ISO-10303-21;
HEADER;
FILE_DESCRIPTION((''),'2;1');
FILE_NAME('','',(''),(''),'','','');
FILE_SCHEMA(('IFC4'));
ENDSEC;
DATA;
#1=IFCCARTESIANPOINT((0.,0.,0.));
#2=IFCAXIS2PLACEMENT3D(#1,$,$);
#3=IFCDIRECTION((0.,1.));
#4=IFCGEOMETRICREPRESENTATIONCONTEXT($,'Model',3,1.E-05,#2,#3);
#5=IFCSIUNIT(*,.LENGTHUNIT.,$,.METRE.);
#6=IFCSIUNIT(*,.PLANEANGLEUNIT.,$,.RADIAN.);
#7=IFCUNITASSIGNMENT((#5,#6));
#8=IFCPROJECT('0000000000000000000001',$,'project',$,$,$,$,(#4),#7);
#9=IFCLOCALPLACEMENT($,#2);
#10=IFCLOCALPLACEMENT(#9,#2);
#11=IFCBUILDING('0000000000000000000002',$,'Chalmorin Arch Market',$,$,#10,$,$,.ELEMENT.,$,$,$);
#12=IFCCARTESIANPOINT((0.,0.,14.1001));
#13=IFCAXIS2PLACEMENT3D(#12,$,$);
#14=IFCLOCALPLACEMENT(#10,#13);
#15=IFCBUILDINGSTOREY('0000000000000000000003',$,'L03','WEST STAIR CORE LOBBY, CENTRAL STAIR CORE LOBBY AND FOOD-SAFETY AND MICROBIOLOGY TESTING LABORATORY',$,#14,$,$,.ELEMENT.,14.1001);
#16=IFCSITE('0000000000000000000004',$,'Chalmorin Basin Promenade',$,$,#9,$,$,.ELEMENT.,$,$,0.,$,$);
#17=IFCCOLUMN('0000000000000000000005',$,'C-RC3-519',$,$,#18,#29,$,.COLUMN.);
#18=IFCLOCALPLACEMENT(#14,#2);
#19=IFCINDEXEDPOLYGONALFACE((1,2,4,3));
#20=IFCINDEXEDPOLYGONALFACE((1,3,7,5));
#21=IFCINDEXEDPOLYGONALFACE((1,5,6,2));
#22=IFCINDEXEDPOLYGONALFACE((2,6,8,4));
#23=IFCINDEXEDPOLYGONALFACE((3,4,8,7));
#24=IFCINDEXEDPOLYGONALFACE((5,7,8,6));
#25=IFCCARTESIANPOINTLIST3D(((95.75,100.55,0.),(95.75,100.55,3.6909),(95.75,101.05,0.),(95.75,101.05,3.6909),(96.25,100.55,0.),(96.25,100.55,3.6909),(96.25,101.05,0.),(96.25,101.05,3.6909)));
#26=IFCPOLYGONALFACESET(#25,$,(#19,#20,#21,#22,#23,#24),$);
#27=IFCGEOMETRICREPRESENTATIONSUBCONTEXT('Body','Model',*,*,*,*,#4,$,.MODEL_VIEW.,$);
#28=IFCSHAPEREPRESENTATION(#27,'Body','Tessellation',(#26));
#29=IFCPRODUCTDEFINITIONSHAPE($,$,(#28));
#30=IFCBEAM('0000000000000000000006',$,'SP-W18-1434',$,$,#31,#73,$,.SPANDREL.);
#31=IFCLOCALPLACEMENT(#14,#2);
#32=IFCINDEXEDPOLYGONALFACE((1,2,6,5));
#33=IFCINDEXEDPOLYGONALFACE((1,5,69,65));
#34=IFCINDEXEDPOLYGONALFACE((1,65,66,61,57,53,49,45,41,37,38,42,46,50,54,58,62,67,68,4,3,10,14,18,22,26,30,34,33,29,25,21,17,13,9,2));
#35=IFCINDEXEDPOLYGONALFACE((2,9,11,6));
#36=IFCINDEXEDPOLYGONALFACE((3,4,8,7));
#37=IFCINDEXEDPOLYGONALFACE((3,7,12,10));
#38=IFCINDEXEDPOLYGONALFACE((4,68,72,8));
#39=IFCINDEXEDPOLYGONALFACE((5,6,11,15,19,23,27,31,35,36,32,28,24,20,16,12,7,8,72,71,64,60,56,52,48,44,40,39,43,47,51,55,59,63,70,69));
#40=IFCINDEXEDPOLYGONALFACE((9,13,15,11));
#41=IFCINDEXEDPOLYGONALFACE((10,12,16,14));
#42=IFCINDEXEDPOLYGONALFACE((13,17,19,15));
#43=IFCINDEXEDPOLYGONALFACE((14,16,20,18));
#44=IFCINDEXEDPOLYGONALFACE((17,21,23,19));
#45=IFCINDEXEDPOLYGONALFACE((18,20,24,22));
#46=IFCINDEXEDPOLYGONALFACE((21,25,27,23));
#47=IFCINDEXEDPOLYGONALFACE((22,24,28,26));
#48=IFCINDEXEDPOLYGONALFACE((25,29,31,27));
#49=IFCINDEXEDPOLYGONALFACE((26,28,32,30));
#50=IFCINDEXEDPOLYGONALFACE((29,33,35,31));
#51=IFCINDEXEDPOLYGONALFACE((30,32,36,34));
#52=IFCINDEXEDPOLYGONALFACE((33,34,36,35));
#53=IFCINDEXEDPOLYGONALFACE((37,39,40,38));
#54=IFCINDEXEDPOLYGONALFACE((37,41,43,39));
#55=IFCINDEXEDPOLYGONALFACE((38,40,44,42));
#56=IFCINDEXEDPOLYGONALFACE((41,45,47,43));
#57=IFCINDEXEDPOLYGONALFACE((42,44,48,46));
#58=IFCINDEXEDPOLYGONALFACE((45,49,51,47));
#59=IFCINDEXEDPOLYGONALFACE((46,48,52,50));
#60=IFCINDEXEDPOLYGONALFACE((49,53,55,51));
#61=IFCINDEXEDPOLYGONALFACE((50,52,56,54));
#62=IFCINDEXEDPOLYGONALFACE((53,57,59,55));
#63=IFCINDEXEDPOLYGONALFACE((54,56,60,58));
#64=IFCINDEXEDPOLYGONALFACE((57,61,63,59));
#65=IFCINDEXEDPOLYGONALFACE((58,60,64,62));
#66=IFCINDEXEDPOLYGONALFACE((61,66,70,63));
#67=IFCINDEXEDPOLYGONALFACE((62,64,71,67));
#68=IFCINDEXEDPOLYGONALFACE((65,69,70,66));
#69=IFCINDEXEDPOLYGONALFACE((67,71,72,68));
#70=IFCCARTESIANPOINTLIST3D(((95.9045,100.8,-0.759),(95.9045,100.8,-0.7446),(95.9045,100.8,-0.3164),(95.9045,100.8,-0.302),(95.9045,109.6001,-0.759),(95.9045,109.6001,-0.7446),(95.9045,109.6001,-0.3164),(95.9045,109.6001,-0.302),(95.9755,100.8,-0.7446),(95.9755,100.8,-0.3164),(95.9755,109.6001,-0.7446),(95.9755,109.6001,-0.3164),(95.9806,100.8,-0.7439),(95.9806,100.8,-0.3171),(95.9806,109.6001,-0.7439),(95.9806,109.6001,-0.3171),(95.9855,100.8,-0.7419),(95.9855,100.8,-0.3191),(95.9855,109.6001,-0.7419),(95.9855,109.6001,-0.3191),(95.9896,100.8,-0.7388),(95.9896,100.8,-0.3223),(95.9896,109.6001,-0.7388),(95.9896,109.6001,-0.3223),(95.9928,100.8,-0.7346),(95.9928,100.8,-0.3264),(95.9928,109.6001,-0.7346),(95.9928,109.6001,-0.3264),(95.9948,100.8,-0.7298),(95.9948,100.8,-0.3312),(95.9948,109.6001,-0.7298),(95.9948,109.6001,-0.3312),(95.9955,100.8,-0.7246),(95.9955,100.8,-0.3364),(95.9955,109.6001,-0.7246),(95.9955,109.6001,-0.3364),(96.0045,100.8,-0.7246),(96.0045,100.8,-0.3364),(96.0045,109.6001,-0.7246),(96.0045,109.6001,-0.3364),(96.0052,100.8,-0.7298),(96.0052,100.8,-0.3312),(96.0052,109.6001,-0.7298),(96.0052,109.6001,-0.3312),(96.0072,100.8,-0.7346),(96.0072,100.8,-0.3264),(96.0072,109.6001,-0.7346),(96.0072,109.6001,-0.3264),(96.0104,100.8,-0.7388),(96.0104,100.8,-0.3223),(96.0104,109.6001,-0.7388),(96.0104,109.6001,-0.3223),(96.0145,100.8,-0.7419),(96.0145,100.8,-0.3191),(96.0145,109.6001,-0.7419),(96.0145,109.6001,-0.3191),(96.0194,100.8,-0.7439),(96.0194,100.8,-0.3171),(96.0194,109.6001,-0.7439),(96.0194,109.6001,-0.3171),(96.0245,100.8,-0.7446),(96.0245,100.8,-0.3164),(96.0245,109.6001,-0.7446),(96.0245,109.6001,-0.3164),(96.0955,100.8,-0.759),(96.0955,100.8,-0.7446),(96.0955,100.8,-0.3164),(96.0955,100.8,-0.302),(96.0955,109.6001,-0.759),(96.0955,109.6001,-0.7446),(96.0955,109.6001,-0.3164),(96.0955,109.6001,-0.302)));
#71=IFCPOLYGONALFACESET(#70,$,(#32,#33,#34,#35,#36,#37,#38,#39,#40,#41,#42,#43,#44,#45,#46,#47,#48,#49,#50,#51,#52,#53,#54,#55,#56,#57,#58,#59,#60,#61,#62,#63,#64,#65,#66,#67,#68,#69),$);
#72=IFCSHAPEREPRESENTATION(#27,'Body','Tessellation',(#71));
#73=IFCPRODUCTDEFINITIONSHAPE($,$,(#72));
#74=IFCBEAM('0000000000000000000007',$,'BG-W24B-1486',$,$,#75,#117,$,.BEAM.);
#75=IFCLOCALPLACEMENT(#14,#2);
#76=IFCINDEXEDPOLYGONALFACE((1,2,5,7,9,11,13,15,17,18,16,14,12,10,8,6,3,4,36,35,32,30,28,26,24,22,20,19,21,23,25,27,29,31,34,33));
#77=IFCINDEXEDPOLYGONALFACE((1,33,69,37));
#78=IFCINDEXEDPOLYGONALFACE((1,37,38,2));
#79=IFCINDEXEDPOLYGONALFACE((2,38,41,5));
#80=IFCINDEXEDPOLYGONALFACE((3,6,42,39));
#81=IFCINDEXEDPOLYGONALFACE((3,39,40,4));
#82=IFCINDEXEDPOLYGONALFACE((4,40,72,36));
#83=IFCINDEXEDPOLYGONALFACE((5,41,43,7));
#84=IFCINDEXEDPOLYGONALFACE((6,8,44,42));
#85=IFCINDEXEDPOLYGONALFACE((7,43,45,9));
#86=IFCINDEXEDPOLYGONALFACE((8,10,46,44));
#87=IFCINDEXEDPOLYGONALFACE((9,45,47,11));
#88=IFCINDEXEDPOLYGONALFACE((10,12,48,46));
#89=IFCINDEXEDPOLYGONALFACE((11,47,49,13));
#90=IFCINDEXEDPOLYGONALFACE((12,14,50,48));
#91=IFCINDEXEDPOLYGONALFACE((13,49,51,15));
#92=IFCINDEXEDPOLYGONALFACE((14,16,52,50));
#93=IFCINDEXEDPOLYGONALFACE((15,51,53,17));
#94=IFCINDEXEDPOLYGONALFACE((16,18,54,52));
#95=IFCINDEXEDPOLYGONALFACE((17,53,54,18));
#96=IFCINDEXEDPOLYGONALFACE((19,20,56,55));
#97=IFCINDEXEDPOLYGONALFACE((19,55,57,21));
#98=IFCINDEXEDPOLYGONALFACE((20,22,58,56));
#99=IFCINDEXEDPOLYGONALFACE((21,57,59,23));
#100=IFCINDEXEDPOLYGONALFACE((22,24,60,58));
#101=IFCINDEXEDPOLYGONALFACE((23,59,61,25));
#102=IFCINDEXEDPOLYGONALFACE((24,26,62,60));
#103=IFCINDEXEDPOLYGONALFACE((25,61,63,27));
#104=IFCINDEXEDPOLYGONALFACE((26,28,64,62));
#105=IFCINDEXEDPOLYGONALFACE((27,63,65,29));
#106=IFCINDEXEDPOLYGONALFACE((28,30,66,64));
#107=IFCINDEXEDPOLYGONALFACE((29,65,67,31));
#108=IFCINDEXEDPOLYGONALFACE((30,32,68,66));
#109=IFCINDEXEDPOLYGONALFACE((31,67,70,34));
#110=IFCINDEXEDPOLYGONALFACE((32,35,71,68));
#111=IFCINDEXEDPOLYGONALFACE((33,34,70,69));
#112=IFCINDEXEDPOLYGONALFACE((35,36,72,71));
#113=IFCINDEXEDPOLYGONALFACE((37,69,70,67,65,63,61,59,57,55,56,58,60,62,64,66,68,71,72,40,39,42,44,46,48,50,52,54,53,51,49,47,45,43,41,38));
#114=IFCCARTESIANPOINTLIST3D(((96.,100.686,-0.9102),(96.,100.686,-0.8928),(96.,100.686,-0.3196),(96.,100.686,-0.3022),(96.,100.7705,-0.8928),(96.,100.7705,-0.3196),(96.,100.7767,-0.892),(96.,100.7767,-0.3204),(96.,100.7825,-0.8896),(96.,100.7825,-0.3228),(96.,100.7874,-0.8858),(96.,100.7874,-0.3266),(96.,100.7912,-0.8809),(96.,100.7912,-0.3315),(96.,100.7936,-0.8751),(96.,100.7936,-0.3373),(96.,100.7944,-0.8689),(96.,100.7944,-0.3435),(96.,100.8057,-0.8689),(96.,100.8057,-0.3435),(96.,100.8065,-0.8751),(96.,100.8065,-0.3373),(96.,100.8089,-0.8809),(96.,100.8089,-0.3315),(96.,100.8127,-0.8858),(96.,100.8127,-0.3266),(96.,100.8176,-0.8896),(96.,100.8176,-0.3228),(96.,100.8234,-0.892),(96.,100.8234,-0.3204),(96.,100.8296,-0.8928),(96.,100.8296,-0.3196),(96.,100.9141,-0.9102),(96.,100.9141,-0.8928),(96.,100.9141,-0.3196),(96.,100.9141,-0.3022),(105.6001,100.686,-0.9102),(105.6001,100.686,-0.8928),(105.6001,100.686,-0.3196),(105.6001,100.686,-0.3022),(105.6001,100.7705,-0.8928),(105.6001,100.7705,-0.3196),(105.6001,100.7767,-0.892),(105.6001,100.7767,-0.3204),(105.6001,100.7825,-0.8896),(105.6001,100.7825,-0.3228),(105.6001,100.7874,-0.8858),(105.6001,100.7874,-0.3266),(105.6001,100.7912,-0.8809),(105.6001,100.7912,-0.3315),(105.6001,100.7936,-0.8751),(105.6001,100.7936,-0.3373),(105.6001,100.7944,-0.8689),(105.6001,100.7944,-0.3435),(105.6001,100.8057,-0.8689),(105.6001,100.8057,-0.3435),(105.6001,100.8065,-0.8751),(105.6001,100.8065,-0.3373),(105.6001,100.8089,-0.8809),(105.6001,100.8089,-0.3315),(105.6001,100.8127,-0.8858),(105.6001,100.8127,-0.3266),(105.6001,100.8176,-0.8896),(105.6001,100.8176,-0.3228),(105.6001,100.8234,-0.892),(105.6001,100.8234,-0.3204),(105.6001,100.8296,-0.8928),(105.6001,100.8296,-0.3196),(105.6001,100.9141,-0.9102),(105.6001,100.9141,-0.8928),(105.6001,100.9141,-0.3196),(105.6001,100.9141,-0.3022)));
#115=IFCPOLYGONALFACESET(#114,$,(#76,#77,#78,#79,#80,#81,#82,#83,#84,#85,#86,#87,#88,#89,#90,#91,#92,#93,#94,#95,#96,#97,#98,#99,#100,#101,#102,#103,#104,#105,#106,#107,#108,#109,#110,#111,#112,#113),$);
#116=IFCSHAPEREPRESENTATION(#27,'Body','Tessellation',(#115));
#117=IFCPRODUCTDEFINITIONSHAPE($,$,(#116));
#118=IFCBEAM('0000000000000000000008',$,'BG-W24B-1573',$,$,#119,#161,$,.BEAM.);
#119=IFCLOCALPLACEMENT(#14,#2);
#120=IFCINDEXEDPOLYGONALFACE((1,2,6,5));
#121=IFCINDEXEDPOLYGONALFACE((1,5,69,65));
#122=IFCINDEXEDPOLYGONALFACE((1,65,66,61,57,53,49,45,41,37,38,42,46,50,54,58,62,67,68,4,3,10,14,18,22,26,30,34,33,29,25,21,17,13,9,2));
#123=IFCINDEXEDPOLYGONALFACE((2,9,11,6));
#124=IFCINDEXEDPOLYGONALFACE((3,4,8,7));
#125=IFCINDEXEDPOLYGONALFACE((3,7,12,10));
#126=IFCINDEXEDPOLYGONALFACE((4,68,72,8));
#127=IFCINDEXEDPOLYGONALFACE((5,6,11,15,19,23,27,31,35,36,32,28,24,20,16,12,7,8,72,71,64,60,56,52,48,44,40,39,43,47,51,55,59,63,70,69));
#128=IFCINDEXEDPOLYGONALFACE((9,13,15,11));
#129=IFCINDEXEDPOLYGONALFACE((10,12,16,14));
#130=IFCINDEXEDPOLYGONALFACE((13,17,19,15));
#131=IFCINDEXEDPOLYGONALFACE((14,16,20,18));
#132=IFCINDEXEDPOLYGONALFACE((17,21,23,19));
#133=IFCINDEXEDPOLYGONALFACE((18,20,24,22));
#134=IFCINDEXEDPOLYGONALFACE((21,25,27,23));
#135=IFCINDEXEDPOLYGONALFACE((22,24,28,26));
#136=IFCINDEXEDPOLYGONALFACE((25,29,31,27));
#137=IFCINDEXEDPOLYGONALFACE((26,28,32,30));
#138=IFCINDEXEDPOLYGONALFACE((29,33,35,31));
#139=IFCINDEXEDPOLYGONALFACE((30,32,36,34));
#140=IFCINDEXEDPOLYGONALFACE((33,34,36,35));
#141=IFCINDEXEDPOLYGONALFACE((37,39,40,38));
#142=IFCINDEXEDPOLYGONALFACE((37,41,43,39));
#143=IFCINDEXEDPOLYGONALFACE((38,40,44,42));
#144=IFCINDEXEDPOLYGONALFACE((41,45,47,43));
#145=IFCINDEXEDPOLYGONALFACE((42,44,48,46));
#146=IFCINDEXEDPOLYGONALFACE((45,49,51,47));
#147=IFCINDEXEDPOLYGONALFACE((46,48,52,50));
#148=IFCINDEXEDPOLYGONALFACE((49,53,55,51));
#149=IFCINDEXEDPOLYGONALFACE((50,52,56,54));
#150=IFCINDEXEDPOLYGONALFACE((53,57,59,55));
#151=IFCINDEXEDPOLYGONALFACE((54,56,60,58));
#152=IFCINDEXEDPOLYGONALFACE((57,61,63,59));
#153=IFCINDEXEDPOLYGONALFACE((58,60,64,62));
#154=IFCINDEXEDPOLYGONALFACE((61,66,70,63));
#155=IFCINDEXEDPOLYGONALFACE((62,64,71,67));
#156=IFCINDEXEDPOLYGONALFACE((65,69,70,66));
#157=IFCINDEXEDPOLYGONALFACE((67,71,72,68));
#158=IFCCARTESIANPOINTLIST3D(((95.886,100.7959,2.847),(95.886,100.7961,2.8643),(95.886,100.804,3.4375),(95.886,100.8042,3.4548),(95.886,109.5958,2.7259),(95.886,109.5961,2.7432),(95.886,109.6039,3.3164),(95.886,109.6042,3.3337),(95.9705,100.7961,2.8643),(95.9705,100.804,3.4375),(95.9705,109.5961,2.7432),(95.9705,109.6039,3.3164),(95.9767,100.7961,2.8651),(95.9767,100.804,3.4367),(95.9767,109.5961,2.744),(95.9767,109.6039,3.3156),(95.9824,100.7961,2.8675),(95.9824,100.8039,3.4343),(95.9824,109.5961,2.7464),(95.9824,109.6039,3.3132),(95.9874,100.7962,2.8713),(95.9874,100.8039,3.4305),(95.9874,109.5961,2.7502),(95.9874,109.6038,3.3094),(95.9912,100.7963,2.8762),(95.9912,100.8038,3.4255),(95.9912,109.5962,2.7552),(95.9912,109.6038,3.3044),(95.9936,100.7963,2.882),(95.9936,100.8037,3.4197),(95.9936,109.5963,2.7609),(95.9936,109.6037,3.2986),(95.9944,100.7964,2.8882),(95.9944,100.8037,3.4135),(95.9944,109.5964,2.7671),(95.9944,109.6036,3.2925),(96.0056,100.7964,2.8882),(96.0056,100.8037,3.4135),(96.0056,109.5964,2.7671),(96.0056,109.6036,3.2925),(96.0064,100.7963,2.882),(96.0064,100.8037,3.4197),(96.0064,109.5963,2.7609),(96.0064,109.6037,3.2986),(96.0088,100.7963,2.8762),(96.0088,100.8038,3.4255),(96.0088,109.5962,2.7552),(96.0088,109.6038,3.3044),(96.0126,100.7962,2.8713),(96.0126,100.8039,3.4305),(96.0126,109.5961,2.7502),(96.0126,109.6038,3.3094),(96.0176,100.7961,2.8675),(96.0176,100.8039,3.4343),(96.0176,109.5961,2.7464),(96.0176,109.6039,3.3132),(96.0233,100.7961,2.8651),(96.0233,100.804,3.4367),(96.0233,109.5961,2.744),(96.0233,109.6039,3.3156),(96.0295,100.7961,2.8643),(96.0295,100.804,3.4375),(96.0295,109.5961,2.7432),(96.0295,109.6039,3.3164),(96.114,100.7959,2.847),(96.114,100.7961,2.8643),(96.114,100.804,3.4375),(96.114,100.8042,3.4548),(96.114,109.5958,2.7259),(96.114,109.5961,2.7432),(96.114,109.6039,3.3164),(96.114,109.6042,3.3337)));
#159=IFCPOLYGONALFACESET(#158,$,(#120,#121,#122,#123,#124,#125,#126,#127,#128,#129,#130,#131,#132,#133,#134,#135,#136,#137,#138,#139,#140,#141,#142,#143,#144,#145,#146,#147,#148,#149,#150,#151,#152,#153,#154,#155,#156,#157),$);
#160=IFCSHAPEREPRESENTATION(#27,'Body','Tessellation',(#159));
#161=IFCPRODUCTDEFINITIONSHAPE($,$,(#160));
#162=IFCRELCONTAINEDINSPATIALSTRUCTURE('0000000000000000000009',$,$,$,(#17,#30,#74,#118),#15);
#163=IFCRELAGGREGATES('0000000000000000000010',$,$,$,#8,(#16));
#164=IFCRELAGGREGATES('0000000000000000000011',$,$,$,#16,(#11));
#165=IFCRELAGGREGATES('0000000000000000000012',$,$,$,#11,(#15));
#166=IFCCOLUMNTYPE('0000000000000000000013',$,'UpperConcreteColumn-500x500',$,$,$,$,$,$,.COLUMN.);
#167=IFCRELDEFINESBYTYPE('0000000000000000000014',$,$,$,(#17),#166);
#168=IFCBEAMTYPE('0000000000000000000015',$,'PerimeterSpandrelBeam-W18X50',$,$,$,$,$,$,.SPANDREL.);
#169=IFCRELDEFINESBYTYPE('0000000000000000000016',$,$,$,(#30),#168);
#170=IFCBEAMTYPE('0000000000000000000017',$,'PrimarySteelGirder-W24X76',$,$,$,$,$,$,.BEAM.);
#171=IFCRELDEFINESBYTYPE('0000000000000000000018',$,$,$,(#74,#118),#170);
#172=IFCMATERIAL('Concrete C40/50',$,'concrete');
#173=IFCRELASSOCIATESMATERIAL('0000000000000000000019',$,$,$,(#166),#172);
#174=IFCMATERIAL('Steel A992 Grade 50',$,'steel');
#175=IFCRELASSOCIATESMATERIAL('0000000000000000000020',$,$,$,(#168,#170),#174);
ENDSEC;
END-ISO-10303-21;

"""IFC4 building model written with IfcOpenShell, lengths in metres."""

from ifc_helpers import new_model, si_unit, direction, frame, origin, origin_2d, place, context, subcontext, project, spatial, rectangle, i_section, extrude, material, material_profile, profile_set, type_object, element, save


model = new_model("IFC4")

# Units and contexts
model_context = context("Model", 3, precision=1e-05, world=origin(), true_north=direction((0.0, 1.0)))
body_context = subcontext(model_context, "Body", "Model", "MODEL_VIEW")
ifc_project = project(units=[si_unit("LENGTHUNIT", "METRE"), si_unit("PLANEANGLEUNIT", "RADIAN")], contexts=[model_context])

# Site, building, storey
site_placement = place(None, origin())
site = spatial("IfcSite", under=ifc_project, at=site_placement, Name="Chalmorin Basin Promenade", CompositionType="ELEMENT", RefElevation=0.0)
building_placement = place(site_placement, origin())
building = spatial("IfcBuilding", under=site, at=building_placement, Name="Chalmorin Arch Market", CompositionType="ELEMENT")
storey_placement = place(building_placement, frame((0.0, 0.0, 14.1001)))
storey = spatial("IfcBuildingStorey", under=building, at=storey_placement, Name="L03", Description="WEST STAIR CORE LOBBY, CENTRAL STAIR CORE LOBBY AND FOOD-SAFETY AND MICROBIOLOGY TESTING LABORATORY", CompositionType="ELEMENT", Elevation=14.1001)

# Column
ifc_material_1 = material(Name="Concrete C40/50", Category="concrete")
ifc_material_profile_1 = material_profile(ifc_material_1, rectangle(XDim=0.5, YDim=0.5, at=origin_2d()), Name="RC500X500")
ifc_profile_set_1 = profile_set([ifc_material_profile_1], Name="Concrete C40/50")
column_type = type_object("IfcColumnType", Name="UpperConcreteColumn-500x500", PredefinedType="COLUMN", material=ifc_profile_set_1)
column_placement = place(storey_placement, frame((96.0, 100.8, 0.0), z_axis=(0.0, 0.0, 1.0), x_axis=(1.0, 0.0, 0.0)))
element("IfcColumn", 1, at=column_placement, inside=storey, type_object=column_type, Name="C-RC3-519", PredefinedType="COLUMN", context=body_context, shape_type="SweptSolid", body=[
    extrude(rectangle(XDim=0.5, YDim=0.5, at=origin_2d()), origin(), (0.0, 0.0, 1.0), 3.6909),
])

# Beams
ifc_material_2 = material(Name="Steel A992 Grade 50", Category="steel")
ifc_material_profile_2 = material_profile(ifc_material_2, i_section(OverallWidth=0.1909, OverallDepth=0.457, WebThickness=0.009, FlangeThickness=0.0144, FilletRadius=0.02, at=origin_2d()), Name="W18X50")
ifc_profile_set_2 = profile_set([ifc_material_profile_2], Name="Steel A992 Grade 50")
beam_type_1 = type_object("IfcBeamType", Name="PerimeterSpandrelBeam-W18X50", PredefinedType="SPANDREL", material=ifc_profile_set_2)
beam_1_placement = place(storey_placement, frame((96.0, 100.8, -0.5305), z_axis=(0.0, 1.0, 0.0), x_axis=(-1.0, 0.0, 0.0)))
element("IfcBeam", 2, at=beam_1_placement, inside=storey, type_object=beam_type_1, Name="SP-W18-1434", PredefinedType="SPANDREL", context=body_context, shape_type="SweptSolid", body=[
    extrude(i_section(OverallWidth=0.1909, OverallDepth=0.457, WebThickness=0.009, FlangeThickness=0.0144, FilletRadius=0.02, at=origin_2d()), origin(), (0.0, 0.0, 1.0), 8.8),
])
ifc_material_profile_3 = material_profile(ifc_material_2, i_section(OverallWidth=0.228, OverallDepth=0.6079, WebThickness=0.0112, FlangeThickness=0.0173, FilletRadius=0.0239, at=origin_2d()), Name="W24X76")
ifc_profile_set_3 = profile_set([ifc_material_profile_3], Name="Steel A992 Grade 50")
beam_type_2 = type_object("IfcBeamType", Name="PrimarySteelGirder-W24X76", PredefinedType="BEAM", material=ifc_profile_set_3)
beam_2_placement = place(storey_placement, frame((96.0, 100.8, -0.6062), z_axis=(1.0, 0.0, 0.0), x_axis=(0.0, 1.0, 0.0)))
element("IfcBeam", 3, at=beam_2_placement, inside=storey, type_object=beam_type_2, Name="BG-W24B-1486", PredefinedType="BEAM", context=body_context, shape_type="SweptSolid", body=[
    extrude(i_section(OverallWidth=0.228, OverallDepth=0.6079, WebThickness=0.0112, FlangeThickness=0.0173, FilletRadius=0.0239, at=origin_2d()), origin(), (0.0, 0.0, 1.0), 9.6001),
])
beam_3_placement = place(storey_placement, frame((96.0, 100.8, 3.1509), z_axis=(0.0, 0.999905, -0.013759), x_axis=(-1.0, 0.0, 0.0)))
element("IfcBeam", 4, at=beam_3_placement, inside=storey, type_object=beam_type_2, Name="BG-W24B-1573", PredefinedType="BEAM", context=body_context, shape_type="SweptSolid", body=[
    extrude(i_section(OverallWidth=0.228, OverallDepth=0.6079, WebThickness=0.0112, FlangeThickness=0.0173, FilletRadius=0.0239, at=origin_2d()), origin(), (0.0, 0.0, 1.0), 8.8008),
])

save(model, "model.ifc")
